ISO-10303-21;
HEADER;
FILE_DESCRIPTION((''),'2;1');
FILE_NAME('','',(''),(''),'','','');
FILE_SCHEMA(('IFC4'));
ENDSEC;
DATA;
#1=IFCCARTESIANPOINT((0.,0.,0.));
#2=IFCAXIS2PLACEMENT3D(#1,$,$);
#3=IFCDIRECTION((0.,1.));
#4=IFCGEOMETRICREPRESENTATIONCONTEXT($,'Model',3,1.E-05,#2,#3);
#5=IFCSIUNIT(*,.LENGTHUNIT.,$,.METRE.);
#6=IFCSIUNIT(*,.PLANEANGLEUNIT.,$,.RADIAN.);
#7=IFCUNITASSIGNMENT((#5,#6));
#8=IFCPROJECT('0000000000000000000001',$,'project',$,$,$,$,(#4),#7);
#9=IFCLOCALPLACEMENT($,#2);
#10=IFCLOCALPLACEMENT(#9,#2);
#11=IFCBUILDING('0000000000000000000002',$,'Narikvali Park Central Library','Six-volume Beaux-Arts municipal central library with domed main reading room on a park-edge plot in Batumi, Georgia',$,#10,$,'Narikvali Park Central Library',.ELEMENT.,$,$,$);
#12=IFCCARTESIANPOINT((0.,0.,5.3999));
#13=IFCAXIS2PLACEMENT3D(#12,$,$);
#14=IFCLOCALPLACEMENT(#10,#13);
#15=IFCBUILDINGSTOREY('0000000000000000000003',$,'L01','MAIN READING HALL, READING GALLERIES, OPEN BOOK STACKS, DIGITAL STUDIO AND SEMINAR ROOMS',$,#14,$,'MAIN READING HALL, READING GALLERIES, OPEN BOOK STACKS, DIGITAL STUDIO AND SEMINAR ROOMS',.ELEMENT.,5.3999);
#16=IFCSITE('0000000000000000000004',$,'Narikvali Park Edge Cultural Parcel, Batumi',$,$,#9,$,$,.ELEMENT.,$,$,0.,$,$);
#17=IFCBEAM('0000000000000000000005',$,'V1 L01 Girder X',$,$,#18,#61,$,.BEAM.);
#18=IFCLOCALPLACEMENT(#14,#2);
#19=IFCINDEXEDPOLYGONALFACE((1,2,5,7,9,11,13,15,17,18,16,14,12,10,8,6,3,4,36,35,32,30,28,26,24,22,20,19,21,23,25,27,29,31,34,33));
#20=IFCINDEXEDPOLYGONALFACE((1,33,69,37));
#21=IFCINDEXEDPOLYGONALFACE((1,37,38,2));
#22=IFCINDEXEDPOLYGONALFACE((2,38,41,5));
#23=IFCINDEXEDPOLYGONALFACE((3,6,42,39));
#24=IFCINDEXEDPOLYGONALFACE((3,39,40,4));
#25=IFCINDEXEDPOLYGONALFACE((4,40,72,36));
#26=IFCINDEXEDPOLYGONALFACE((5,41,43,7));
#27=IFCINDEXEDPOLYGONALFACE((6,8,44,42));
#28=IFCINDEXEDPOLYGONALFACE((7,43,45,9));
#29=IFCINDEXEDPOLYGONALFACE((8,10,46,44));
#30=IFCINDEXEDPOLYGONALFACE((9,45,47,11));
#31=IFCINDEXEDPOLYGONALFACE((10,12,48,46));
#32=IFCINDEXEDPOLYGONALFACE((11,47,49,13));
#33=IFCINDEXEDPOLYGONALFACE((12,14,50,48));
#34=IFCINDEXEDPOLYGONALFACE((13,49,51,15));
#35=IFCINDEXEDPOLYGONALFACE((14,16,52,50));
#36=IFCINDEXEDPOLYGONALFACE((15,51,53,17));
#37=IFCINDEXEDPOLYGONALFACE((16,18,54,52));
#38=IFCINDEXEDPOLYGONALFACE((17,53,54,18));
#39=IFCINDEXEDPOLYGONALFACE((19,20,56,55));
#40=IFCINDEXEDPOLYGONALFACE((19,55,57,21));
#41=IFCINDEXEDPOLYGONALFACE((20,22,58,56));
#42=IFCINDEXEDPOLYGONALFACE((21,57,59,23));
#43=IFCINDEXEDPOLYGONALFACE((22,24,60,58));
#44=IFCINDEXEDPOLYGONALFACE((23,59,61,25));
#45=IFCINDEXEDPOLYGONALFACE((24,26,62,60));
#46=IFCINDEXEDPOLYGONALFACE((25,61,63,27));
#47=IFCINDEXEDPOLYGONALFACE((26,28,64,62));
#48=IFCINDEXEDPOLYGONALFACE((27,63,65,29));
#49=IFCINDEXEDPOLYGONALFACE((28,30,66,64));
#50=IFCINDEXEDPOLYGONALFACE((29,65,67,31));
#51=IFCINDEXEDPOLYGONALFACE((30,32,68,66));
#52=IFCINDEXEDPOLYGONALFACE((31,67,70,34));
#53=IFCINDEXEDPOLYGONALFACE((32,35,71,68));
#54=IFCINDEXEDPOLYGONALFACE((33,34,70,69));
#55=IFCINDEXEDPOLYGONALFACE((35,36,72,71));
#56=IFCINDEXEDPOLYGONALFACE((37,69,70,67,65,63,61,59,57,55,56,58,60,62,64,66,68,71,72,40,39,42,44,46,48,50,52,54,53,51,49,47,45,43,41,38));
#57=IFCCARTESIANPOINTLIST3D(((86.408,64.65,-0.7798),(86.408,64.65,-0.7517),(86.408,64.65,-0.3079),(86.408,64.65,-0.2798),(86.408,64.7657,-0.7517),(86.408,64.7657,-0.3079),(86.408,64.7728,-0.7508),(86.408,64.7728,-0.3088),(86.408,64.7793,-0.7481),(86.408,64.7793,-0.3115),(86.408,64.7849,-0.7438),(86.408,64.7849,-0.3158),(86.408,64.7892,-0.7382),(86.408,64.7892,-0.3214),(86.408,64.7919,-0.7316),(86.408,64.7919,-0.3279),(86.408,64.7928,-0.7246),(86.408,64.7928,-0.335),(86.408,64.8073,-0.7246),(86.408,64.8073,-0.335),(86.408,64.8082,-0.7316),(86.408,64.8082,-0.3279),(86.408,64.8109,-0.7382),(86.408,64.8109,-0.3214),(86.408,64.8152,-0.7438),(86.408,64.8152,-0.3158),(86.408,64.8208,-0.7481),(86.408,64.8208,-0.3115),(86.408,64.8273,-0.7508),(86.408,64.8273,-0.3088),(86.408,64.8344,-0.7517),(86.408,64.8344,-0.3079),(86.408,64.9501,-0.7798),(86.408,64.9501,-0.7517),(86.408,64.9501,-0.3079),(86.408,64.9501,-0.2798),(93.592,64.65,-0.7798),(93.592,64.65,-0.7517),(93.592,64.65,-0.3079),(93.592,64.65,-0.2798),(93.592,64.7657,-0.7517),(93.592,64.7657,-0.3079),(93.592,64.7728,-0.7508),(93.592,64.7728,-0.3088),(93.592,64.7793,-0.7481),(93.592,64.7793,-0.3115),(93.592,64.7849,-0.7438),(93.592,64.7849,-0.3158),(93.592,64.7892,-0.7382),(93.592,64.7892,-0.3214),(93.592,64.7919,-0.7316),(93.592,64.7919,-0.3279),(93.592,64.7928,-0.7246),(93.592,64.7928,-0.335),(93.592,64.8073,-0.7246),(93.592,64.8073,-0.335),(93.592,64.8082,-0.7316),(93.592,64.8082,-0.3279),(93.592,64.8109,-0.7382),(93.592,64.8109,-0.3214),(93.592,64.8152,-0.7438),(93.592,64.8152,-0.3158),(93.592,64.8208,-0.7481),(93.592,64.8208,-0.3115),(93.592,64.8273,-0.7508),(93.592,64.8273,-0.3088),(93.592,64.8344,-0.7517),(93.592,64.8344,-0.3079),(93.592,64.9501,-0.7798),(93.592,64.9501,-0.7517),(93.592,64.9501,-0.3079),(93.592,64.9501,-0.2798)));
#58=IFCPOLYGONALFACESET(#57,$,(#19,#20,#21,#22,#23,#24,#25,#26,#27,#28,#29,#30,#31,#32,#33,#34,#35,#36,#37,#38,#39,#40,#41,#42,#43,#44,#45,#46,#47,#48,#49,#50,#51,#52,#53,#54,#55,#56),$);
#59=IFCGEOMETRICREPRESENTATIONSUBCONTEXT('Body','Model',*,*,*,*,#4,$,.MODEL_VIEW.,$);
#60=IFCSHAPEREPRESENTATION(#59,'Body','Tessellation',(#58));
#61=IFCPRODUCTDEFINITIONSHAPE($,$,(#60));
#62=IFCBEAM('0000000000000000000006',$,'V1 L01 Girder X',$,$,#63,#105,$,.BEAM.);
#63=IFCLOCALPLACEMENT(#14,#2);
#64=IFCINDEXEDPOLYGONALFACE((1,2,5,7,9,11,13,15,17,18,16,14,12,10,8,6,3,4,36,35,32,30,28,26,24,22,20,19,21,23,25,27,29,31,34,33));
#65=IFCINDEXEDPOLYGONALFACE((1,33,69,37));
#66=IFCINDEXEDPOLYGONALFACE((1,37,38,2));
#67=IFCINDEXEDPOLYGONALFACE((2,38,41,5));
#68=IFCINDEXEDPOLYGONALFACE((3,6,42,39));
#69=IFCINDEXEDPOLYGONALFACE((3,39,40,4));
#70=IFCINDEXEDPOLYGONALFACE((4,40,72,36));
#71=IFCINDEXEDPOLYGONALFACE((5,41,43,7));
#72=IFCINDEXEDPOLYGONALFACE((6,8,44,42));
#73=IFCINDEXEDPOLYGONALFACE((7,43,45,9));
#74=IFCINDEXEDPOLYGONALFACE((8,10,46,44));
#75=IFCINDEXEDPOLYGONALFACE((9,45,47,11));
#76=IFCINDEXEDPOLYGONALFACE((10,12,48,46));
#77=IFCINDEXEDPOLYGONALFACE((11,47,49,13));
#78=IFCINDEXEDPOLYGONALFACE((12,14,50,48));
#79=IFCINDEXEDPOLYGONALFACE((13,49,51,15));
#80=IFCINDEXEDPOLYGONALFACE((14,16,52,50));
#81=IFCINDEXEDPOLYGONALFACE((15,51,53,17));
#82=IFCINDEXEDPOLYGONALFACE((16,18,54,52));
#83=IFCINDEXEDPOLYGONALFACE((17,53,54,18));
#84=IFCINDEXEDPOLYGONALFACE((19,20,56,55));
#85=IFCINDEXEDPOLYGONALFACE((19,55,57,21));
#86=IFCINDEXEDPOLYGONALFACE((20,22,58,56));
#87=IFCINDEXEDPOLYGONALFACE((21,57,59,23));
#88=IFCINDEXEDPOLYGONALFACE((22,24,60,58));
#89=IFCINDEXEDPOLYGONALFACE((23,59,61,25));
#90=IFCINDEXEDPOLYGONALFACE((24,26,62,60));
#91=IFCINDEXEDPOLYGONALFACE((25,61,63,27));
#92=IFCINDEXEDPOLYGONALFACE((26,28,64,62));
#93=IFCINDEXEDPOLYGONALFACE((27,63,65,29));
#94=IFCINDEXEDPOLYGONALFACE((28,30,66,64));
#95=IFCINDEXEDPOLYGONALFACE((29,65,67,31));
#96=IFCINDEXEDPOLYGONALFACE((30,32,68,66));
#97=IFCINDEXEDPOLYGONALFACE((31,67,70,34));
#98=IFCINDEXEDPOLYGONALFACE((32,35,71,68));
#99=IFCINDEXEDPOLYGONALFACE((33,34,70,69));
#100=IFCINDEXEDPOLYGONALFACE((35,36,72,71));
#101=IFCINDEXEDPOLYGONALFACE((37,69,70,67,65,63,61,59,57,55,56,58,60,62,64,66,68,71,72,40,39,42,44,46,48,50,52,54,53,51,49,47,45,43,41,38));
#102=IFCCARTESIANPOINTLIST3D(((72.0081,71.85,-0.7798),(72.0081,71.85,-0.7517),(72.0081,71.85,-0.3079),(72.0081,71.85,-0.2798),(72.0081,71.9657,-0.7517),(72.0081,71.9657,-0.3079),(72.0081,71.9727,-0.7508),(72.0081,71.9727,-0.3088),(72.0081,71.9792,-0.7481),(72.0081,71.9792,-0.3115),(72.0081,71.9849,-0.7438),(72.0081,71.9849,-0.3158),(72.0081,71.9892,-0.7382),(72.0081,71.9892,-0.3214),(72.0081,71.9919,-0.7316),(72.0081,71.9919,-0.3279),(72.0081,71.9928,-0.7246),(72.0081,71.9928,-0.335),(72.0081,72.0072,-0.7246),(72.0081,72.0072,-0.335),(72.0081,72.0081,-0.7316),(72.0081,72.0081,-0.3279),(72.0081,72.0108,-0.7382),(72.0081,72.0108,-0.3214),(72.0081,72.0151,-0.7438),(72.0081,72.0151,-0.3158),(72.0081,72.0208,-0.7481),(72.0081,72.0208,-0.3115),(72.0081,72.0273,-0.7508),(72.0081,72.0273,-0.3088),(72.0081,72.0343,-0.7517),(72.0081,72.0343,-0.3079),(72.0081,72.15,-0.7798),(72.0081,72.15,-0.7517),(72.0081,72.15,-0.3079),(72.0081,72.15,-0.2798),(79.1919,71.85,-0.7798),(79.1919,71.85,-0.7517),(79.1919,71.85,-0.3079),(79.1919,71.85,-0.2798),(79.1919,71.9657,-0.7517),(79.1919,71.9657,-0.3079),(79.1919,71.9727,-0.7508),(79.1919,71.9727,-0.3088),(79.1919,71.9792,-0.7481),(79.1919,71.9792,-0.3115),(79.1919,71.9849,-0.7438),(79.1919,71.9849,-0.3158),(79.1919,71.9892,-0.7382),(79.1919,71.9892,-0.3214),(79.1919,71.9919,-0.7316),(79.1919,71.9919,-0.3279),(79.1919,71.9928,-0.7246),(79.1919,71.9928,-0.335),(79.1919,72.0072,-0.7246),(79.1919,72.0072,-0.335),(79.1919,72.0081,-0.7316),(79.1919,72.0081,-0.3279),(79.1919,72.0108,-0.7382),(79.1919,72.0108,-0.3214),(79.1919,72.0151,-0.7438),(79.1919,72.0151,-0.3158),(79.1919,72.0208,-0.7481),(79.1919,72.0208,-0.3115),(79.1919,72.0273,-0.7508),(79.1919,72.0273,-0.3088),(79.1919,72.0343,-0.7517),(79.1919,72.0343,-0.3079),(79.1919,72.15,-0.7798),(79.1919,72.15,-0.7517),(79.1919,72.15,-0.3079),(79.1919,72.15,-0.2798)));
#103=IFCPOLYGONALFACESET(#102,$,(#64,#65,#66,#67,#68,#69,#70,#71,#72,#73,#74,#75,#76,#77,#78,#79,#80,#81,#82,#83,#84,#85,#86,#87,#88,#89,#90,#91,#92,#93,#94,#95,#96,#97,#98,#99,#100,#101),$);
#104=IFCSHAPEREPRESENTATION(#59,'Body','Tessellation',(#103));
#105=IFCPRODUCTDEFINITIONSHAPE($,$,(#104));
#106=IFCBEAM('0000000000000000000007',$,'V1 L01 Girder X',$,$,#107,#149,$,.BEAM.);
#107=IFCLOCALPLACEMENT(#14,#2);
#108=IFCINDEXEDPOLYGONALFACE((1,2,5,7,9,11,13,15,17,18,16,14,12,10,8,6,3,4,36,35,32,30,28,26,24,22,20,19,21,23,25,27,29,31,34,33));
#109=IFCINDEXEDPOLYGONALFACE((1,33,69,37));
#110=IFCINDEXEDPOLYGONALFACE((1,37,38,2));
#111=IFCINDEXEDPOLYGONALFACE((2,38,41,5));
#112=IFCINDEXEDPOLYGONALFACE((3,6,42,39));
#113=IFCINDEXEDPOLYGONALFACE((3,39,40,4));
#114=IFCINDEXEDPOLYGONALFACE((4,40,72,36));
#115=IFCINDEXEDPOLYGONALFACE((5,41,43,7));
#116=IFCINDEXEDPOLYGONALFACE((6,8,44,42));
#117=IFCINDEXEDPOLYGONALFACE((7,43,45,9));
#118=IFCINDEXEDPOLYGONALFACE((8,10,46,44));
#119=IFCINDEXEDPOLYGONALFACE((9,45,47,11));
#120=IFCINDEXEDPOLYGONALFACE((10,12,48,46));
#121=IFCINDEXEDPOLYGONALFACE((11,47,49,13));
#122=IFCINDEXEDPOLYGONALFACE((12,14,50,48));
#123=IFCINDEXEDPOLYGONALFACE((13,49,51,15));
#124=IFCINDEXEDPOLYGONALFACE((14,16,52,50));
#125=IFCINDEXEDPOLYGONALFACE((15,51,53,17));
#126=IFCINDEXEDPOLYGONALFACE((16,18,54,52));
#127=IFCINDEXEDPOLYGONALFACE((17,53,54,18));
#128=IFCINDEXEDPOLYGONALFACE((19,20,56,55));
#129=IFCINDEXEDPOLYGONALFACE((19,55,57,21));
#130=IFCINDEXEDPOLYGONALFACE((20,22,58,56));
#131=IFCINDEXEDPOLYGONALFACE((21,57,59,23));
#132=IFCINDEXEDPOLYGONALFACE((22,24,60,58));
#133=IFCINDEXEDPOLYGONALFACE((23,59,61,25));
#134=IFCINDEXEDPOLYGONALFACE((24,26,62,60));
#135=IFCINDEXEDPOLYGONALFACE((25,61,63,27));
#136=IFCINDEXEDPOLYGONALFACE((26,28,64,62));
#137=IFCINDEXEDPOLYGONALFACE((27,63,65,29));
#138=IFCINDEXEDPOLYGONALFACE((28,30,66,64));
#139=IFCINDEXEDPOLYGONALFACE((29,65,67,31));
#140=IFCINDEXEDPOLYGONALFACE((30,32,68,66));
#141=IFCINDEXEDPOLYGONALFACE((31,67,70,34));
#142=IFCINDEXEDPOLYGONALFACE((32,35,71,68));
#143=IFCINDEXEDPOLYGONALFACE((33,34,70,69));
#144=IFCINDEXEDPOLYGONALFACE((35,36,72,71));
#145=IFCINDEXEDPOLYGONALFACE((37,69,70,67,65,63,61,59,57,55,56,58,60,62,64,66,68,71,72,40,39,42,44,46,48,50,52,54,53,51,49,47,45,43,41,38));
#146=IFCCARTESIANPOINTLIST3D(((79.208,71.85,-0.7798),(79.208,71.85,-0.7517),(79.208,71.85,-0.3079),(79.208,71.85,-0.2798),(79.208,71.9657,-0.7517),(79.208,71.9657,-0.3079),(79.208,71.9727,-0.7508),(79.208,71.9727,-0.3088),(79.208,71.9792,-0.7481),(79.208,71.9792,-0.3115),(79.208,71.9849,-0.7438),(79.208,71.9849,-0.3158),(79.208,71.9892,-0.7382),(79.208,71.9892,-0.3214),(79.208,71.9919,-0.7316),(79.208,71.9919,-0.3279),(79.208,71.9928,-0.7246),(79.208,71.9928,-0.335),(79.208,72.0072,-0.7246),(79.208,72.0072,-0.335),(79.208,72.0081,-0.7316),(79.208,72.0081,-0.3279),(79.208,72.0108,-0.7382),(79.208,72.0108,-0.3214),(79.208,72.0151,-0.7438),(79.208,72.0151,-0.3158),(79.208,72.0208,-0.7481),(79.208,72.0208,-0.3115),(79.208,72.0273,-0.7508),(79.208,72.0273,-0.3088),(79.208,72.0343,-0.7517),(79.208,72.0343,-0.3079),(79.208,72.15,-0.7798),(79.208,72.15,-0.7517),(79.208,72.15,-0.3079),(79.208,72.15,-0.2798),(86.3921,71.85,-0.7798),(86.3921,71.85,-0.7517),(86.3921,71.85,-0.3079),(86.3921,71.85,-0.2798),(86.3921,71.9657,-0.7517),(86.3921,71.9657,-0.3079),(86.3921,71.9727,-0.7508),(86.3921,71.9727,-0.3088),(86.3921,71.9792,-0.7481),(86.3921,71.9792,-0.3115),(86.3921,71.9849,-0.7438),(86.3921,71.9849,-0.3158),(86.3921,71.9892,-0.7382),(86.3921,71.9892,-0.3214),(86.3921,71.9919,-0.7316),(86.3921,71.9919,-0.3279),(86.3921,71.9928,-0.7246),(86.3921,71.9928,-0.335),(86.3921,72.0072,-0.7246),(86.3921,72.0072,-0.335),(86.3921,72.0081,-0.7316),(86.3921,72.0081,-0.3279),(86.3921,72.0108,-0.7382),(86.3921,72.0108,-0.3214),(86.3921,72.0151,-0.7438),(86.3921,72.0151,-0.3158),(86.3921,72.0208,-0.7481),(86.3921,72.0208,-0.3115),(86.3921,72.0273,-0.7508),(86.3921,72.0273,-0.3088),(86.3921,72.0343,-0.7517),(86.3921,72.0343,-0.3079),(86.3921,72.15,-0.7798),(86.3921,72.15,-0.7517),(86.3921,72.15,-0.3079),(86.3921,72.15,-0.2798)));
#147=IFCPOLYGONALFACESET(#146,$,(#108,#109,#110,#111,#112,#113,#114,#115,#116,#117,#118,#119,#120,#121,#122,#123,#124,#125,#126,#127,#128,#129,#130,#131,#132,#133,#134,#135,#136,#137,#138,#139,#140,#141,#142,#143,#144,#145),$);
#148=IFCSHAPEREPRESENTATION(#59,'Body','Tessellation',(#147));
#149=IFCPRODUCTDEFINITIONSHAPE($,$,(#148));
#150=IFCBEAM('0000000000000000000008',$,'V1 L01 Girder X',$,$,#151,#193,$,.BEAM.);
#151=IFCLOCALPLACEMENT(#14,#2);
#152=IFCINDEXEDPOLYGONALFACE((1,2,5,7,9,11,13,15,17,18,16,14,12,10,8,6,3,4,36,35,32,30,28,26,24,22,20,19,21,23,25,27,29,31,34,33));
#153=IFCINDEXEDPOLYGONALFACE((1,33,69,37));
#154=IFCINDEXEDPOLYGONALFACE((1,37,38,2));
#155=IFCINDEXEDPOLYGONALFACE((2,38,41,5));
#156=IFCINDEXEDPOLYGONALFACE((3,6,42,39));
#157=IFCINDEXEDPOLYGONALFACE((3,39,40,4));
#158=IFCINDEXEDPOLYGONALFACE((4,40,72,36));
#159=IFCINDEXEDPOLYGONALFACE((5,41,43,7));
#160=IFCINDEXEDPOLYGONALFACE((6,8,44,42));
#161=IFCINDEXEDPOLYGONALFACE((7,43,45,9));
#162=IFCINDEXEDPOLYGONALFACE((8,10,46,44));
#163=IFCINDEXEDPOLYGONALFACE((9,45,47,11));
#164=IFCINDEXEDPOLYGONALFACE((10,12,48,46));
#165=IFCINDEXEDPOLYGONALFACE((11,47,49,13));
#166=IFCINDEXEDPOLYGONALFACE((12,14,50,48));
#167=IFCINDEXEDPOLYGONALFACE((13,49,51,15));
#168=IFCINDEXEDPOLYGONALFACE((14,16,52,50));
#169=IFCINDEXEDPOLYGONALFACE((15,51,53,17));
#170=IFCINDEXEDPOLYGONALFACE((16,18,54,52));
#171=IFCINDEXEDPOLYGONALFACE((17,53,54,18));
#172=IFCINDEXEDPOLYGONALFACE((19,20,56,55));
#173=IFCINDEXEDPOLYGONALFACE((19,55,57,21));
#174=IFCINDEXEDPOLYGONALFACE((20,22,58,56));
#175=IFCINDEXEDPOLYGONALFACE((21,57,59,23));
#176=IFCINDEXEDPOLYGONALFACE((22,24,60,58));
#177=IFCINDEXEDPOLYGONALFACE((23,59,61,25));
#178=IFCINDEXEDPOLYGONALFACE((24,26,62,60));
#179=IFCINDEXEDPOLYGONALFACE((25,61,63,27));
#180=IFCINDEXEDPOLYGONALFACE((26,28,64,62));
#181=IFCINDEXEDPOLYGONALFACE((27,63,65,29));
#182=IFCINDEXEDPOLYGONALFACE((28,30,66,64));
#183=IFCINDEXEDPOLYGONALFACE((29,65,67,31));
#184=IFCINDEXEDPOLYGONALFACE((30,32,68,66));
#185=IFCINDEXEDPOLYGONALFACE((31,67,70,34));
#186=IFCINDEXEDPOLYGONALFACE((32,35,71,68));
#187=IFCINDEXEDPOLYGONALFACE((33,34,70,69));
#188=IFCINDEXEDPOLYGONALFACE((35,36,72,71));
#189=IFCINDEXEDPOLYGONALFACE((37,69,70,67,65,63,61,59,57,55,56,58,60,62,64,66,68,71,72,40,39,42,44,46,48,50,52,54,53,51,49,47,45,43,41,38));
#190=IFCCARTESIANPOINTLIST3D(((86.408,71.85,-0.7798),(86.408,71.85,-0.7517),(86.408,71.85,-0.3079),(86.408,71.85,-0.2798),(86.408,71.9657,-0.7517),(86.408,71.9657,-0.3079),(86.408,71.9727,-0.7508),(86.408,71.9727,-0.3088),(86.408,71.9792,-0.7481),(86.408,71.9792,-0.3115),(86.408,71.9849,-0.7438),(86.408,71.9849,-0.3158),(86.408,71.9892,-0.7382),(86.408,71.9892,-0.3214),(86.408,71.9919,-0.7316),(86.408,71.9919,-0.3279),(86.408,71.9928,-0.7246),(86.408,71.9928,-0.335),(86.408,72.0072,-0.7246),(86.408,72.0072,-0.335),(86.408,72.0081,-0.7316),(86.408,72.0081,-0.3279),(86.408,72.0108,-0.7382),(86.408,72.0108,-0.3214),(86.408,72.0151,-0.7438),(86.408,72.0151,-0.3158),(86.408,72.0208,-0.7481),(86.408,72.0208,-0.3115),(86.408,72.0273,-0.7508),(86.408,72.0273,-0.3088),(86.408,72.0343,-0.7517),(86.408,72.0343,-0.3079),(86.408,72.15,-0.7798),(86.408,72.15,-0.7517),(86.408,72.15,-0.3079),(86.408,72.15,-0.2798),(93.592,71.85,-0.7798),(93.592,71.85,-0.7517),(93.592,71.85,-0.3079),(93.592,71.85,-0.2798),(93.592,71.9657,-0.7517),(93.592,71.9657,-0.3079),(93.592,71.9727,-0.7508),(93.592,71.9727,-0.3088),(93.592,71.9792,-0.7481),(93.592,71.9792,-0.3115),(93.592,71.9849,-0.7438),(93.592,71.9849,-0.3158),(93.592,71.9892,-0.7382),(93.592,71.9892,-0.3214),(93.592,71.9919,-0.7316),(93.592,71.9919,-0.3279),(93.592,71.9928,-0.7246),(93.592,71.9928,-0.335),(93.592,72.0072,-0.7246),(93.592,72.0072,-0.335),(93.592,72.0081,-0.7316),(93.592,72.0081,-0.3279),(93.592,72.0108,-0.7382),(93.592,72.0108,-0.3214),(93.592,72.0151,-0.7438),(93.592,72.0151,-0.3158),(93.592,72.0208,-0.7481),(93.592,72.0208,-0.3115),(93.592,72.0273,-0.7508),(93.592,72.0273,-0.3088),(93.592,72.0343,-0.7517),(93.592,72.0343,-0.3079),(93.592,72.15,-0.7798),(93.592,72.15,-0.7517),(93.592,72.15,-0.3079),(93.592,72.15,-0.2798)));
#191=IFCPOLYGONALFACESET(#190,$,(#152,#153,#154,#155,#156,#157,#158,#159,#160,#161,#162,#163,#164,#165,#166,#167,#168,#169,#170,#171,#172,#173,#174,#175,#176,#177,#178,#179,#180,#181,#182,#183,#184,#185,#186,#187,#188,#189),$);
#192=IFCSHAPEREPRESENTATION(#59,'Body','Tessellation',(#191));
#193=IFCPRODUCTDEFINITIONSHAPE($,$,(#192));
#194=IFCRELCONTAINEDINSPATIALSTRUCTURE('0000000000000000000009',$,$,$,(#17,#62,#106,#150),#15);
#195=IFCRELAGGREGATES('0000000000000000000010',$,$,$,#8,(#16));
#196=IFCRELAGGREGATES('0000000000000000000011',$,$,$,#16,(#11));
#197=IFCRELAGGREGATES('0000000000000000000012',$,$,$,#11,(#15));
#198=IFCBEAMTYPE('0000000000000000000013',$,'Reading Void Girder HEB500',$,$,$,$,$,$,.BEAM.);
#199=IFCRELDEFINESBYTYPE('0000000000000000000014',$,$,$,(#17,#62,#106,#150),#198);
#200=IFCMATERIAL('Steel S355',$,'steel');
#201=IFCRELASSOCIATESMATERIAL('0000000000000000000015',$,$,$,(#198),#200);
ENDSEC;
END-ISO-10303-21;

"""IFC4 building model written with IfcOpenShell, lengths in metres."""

from ifc_helpers import new_model, si_unit, direction, frame, origin, origin_2d, place, context, subcontext, project, spatial, i_section, extrude, material, material_profile, profile_set, type_object, element, save


model = new_model("IFC4")

# Units and contexts
model_context = context("Model", 3, precision=1e-05, world=origin(), true_north=direction((0.0, 1.0)))
body_context = subcontext(model_context, "Body", "Model", "MODEL_VIEW")
ifc_project = project(units=[si_unit("LENGTHUNIT", "METRE"), si_unit("PLANEANGLEUNIT", "RADIAN")], contexts=[model_context])

# Site, building, storey
site_placement = place(None, origin())
site = spatial("IfcSite", under=ifc_project, at=site_placement, Name="Narikvali Park Edge Cultural Parcel, Batumi", CompositionType="ELEMENT", RefElevation=0.0)
building_placement = place(site_placement, origin())
building = spatial("IfcBuilding", under=site, at=building_placement, Name="Narikvali Park Central Library", Description="Six-volume Beaux-Arts municipal central library with domed main reading room on a park-edge plot in Batumi, Georgia", LongName="Narikvali Park Central Library", CompositionType="ELEMENT")
storey_placement = place(building_placement, frame((0.0, 0.0, 5.3999)))
storey = spatial("IfcBuildingStorey", under=building, at=storey_placement, Name="L01", Description="MAIN READING HALL, READING GALLERIES, OPEN BOOK STACKS, DIGITAL STUDIO AND SEMINAR ROOMS", LongName="MAIN READING HALL, READING GALLERIES, OPEN BOOK STACKS, DIGITAL STUDIO AND SEMINAR ROOMS", CompositionType="ELEMENT", Elevation=5.3999)

# Shared definitions
ifc_material_1 = material(Name="Steel S355", Category="steel")

# Beams
ifc_material_profile_1 = material_profile(ifc_material_1, i_section(OverallWidth=0.3, OverallDepth=0.5, WebThickness=0.0144, FlangeThickness=0.0281, FilletRadius=0.0271, at=origin_2d()), Name="HEB 500")
ifc_profile_set_1 = profile_set([ifc_material_profile_1], Name="Steel S355")
beam_type_1 = type_object("IfcBeamType", Name="Reading Void Girder HEB500", PredefinedType="BEAM", material=ifc_profile_set_1)
for number, where, z_axis, x_axis, name in (
    (1, (86.408, 64.8, -0.5298), (1.0, 0.0, 0.0), (0.0, 1.0, 0.0), "V1 L01 Girder X"),
):
    element("IfcBeam", number, at=place(storey_placement, frame(where, z_axis=z_axis, x_axis=x_axis)), inside=storey, type_object=beam_type_1, Name=name, PredefinedType="BEAM", context=body_context, shape_type="SweptSolid", body=[
        extrude(i_section(OverallWidth=0.3, OverallDepth=0.5, WebThickness=0.0144, FlangeThickness=0.0281, FilletRadius=0.0271, at=origin_2d()), origin(), (0.0, 0.0, 1.0), 7.1841),
    ])
beam_1_placement = place(storey_placement, frame((72.0081, 72.0, -0.5298), z_axis=(1.0, 0.0, 0.0), x_axis=(0.0, 1.0, 0.0)))
element("IfcBeam", 2, at=beam_1_placement, inside=storey, type_object=beam_type_1, Name="V1 L01 Girder X", PredefinedType="BEAM", context=body_context, shape_type="SweptSolid", body=[
    extrude(i_section(OverallWidth=0.3, OverallDepth=0.5, WebThickness=0.0144, FlangeThickness=0.0281, FilletRadius=0.0271, at=origin_2d()), origin(), (0.0, 0.0, 1.0), 7.1838),
])
for number, where, z_axis, x_axis, name in (
    (3, (79.208, 72.0, -0.5298), (1.0, 0.0, 0.0), (0.0, 1.0, 0.0), "V1 L01 Girder X"),
    (4, (86.408, 72.0, -0.5298), (1.0, 0.0, 0.0), (0.0, 1.0, 0.0), "V1 L01 Girder X"),
):
    element("IfcBeam", number, at=place(storey_placement, frame(where, z_axis=z_axis, x_axis=x_axis)), inside=storey, type_object=beam_type_1, Name=name, PredefinedType="BEAM", context=body_context, shape_type="SweptSolid", body=[
        extrude(i_section(OverallWidth=0.3, OverallDepth=0.5, WebThickness=0.0144, FlangeThickness=0.0281, FilletRadius=0.0271, at=origin_2d()), origin(), (0.0, 0.0, 1.0), 7.1841),
    ])

save(model, "model.ifc")
